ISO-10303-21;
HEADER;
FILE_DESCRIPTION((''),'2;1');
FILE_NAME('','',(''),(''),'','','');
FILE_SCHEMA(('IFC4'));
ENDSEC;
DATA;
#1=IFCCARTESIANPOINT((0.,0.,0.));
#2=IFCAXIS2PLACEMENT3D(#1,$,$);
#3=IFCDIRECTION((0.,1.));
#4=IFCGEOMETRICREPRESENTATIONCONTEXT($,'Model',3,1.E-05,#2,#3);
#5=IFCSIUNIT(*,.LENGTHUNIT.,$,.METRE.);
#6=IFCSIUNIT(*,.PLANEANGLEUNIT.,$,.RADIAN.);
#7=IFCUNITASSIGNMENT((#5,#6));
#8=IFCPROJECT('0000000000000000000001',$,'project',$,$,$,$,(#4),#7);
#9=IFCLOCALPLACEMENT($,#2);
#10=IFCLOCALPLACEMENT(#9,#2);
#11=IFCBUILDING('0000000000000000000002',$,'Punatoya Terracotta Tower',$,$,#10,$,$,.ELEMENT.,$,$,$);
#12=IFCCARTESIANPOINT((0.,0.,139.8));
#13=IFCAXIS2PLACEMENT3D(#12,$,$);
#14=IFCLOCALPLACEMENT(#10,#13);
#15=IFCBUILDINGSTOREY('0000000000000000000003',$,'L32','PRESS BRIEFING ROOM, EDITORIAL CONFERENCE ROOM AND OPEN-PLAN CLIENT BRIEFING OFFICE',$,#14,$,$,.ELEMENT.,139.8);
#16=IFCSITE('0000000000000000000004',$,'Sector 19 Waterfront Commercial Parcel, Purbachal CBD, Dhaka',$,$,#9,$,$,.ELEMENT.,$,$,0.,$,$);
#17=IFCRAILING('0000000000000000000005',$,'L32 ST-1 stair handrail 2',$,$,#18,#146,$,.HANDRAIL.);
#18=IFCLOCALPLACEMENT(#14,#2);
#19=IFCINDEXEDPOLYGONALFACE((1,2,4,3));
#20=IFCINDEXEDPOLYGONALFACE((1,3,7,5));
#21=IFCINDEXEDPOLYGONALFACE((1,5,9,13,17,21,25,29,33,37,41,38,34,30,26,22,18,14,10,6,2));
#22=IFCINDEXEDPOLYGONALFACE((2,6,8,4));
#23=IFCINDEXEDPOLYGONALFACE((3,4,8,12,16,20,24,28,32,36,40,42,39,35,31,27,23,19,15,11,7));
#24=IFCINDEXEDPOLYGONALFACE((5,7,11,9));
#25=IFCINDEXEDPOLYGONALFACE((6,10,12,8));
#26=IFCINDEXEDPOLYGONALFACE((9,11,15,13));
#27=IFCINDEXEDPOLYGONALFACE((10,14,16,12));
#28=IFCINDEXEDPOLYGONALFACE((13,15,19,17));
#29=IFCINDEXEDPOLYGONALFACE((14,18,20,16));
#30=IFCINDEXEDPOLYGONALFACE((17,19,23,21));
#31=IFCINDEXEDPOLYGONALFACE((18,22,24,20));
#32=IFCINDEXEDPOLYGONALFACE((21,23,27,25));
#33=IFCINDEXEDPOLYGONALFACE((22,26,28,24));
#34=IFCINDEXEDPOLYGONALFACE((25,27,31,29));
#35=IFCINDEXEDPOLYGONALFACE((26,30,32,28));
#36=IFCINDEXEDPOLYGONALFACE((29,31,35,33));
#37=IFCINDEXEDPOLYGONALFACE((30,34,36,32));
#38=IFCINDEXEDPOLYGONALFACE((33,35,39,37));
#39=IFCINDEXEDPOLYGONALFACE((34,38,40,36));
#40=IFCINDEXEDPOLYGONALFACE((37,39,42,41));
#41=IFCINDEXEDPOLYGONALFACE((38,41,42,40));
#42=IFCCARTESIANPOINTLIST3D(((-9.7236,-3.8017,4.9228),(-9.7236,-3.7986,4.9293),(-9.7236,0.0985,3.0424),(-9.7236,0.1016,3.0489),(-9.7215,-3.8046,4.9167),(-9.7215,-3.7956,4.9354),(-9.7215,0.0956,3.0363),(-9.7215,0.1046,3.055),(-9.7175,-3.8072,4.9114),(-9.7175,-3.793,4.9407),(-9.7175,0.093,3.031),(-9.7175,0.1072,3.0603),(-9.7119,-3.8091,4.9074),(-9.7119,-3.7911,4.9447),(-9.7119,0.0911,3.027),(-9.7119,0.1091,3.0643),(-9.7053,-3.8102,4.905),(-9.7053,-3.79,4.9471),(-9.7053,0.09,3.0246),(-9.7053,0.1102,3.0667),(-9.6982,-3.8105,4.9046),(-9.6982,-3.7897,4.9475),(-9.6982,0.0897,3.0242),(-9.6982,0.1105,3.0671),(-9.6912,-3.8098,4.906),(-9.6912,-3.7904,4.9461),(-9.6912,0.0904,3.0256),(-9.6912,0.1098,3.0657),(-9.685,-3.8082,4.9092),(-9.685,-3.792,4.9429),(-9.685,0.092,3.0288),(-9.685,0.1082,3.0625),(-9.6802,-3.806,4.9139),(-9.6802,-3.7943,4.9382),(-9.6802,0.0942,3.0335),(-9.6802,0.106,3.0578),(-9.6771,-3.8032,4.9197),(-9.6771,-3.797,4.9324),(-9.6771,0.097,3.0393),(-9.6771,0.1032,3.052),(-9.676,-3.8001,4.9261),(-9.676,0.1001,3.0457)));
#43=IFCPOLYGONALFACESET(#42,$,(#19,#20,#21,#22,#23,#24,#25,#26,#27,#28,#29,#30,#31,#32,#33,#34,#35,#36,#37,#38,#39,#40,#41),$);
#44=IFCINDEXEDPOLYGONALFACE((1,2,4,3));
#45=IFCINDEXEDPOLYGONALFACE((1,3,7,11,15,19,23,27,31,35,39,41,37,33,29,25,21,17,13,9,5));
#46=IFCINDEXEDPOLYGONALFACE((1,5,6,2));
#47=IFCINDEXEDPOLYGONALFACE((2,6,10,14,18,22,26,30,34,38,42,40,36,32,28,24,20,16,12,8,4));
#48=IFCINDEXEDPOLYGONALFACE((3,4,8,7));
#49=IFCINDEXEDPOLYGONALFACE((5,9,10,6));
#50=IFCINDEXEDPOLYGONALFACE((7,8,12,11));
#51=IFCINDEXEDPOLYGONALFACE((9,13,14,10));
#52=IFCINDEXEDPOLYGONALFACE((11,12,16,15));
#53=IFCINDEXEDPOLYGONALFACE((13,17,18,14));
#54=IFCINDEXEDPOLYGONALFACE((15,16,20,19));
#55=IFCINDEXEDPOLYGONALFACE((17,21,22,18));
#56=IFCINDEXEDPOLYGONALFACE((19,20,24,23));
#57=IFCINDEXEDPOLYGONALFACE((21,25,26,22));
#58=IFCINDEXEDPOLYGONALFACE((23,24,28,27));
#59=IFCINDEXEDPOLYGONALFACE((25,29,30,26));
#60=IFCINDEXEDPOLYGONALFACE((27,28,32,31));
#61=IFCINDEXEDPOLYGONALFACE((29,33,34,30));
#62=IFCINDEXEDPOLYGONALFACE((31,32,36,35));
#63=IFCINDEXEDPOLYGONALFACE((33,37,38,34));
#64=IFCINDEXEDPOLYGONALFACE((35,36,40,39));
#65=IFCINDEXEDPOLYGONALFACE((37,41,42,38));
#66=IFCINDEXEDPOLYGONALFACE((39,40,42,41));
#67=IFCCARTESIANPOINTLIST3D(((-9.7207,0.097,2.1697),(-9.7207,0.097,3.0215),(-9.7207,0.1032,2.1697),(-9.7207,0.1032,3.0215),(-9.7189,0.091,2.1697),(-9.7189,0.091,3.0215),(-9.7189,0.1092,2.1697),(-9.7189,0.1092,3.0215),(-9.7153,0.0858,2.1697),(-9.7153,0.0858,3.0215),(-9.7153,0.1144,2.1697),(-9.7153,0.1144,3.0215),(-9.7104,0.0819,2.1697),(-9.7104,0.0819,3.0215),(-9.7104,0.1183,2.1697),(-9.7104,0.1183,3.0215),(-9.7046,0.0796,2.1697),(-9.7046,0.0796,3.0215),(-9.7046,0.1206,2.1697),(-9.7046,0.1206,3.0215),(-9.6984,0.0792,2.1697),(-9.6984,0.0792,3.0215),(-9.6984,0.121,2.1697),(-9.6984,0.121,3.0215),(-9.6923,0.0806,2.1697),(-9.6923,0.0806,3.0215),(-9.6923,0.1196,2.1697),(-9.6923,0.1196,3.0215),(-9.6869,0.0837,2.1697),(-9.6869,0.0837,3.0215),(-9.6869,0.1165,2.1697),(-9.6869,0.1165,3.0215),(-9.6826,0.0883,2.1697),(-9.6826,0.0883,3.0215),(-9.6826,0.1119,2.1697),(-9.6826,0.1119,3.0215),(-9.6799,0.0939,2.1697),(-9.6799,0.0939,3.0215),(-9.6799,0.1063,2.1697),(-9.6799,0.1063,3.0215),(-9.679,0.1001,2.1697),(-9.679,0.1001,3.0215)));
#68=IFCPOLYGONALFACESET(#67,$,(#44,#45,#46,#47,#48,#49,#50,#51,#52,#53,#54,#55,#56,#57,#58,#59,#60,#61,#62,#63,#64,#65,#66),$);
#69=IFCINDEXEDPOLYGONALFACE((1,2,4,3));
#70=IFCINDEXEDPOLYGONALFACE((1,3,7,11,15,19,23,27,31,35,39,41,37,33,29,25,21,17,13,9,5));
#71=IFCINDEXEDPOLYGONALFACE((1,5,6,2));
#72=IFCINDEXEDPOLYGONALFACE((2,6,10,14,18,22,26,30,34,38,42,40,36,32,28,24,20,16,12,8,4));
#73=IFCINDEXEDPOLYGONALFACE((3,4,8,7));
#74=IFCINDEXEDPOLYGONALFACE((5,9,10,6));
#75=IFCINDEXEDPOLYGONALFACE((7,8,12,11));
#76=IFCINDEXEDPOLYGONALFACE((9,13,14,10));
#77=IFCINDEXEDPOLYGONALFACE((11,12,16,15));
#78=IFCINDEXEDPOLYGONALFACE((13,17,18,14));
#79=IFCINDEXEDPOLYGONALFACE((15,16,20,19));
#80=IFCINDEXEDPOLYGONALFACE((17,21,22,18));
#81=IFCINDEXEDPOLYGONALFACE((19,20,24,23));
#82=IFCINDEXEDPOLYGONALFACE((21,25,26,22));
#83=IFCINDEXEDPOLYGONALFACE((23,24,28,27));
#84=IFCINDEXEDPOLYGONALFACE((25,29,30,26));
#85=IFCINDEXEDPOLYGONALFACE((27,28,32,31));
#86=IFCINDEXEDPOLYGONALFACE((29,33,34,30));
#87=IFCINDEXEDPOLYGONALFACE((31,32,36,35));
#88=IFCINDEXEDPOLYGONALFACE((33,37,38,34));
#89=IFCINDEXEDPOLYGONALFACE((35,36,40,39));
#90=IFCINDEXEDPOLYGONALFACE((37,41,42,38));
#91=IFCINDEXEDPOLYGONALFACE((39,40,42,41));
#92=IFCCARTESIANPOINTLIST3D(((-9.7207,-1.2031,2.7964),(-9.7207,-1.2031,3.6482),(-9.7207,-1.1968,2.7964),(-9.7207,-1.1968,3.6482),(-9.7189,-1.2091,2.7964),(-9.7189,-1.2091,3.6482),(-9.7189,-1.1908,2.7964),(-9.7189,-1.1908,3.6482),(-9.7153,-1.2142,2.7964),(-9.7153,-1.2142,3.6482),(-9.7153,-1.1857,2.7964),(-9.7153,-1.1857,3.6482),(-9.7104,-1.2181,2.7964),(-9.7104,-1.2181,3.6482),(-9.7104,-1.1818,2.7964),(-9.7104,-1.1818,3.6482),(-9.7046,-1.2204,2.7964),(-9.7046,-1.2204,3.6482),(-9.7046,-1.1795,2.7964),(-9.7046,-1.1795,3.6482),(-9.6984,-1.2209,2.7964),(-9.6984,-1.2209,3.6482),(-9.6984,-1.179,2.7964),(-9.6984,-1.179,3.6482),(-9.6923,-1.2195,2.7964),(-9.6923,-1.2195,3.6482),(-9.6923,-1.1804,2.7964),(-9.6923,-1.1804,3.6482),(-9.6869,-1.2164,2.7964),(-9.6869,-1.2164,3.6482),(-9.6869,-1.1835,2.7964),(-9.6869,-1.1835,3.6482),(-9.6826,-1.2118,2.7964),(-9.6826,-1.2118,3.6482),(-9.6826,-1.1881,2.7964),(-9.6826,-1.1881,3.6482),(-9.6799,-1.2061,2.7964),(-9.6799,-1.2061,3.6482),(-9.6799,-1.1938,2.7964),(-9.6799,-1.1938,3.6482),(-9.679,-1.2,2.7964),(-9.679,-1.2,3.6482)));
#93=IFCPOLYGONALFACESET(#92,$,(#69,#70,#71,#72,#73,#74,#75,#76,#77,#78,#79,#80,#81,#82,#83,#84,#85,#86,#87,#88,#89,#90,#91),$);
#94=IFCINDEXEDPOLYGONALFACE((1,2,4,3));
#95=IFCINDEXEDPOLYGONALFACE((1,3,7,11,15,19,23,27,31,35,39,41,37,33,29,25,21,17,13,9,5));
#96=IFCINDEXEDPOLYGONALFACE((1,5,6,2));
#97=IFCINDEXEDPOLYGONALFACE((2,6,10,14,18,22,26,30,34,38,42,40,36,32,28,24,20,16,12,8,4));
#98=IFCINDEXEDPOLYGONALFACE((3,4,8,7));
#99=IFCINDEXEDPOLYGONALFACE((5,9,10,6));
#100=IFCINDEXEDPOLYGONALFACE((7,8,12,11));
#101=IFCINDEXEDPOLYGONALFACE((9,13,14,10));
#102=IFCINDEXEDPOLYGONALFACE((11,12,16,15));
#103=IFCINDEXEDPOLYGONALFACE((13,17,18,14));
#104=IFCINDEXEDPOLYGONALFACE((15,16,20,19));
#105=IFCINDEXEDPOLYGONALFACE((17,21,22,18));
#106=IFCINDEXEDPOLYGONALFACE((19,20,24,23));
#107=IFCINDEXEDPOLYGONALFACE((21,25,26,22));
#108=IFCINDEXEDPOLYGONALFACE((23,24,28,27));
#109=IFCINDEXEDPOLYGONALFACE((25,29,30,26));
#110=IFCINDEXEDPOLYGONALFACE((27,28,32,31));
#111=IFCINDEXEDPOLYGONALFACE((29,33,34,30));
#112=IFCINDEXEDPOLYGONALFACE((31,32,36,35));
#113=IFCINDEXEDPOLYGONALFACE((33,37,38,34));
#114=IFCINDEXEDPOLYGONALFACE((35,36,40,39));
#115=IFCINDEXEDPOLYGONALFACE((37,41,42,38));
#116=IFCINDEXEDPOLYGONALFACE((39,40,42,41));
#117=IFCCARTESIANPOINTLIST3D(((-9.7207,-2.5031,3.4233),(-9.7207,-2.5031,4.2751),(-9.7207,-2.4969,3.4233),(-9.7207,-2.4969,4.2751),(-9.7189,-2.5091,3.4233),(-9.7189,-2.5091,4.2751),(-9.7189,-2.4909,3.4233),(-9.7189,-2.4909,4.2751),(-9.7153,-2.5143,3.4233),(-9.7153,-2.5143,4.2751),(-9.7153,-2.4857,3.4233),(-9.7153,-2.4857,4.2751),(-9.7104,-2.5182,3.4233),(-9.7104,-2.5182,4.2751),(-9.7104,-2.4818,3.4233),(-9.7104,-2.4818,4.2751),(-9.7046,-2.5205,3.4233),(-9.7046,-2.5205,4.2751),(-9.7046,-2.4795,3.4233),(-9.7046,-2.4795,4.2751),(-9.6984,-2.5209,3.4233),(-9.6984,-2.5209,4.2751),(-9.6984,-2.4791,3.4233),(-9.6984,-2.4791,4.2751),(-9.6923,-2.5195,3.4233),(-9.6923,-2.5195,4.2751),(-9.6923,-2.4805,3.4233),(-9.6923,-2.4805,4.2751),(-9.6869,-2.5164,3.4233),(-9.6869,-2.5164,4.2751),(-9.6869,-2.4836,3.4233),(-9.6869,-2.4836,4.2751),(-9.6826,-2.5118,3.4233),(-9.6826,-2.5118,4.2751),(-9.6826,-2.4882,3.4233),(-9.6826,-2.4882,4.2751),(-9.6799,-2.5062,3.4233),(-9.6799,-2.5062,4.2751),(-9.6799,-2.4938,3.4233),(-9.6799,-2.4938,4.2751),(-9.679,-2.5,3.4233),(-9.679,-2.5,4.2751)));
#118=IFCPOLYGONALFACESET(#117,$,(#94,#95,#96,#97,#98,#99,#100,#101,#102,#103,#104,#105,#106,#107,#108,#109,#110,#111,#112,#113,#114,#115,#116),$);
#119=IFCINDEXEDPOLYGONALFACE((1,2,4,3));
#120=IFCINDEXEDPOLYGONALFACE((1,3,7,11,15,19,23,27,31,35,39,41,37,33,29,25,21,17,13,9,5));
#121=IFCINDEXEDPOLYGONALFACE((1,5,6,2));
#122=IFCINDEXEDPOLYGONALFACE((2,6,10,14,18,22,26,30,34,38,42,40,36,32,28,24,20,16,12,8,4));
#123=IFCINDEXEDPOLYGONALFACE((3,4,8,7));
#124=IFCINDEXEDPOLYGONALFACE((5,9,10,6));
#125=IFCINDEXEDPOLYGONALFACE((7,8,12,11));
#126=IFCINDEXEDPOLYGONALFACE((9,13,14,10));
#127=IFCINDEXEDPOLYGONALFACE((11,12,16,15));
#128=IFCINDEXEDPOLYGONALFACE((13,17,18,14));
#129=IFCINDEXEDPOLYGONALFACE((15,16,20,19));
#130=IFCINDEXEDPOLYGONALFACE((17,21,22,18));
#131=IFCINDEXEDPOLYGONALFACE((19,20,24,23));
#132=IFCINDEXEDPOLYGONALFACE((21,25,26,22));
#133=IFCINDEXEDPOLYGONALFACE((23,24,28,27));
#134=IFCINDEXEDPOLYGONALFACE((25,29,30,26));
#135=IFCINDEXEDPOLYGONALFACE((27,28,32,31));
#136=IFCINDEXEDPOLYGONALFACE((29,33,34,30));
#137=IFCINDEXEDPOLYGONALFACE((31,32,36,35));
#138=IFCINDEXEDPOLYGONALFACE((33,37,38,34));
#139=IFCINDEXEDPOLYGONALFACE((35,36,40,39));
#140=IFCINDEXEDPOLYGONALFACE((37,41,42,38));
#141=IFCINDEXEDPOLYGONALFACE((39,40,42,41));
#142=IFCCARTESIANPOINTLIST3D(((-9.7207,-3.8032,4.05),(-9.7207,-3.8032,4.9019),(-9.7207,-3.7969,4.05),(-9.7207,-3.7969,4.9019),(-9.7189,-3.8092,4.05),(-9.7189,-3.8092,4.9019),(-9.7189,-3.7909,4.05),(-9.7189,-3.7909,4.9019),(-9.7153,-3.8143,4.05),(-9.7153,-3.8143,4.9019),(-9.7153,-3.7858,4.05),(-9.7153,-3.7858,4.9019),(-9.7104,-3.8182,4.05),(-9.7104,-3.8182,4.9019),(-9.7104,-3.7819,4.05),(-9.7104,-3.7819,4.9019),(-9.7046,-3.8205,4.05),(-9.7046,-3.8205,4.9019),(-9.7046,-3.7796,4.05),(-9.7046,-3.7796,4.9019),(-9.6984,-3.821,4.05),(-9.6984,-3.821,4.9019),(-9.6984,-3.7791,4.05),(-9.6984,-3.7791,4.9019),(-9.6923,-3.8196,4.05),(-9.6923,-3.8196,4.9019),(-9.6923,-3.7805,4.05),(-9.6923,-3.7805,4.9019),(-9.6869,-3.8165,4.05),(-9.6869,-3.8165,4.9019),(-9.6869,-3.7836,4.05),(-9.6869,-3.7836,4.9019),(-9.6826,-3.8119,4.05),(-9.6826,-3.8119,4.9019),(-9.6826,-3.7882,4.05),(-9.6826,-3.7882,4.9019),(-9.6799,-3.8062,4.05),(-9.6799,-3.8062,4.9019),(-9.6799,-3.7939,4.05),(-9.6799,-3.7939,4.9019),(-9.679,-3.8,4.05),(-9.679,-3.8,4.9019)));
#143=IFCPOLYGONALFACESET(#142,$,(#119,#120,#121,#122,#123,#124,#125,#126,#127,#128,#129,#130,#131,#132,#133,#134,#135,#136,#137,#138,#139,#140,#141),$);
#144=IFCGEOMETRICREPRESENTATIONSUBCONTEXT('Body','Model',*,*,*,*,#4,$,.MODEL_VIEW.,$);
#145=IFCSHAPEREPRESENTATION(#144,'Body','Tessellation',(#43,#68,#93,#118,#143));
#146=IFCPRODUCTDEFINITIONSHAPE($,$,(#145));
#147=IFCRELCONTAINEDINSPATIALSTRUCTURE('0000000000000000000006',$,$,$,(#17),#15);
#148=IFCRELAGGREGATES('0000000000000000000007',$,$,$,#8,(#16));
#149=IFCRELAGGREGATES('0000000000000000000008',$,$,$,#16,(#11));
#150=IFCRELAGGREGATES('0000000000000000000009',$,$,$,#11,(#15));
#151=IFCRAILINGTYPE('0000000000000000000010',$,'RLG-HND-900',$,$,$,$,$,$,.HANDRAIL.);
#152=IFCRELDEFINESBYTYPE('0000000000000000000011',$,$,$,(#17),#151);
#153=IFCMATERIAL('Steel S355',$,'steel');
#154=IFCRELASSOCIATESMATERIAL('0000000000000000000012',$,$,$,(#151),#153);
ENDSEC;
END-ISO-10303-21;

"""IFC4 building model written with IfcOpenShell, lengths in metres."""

from ifc_helpers import new_model, si_unit, direction, frame, origin, origin_2d, place, context, subcontext, project, spatial, circle, extrude, material, type_object, element, save


model = new_model("IFC4")

# Units and contexts
model_context = context("Model", 3, precision=1e-05, world=origin(), true_north=direction((0.0, 1.0)))
body_context = subcontext(model_context, "Body", "Model", "MODEL_VIEW")
ifc_project = project(units=[si_unit("LENGTHUNIT", "METRE"), si_unit("PLANEANGLEUNIT", "RADIAN")], contexts=[model_context])

# Site, building, storey
site_placement = place(None, origin())
site = spatial("IfcSite", under=ifc_project, at=site_placement, Name="Sector 19 Waterfront Commercial Parcel, Purbachal CBD, Dhaka", CompositionType="ELEMENT", RefElevation=0.0)
building_placement = place(site_placement, origin())
building = spatial("IfcBuilding", under=site, at=building_placement, Name="Punatoya Terracotta Tower", CompositionType="ELEMENT")
storey_placement = place(building_placement, frame((0.0, 0.0, 139.8)))
storey = spatial("IfcBuildingStorey", under=building, at=storey_placement, Name="L32", Description="PRESS BRIEFING ROOM, EDITORIAL CONFERENCE ROOM AND OPEN-PLAN CLIENT BRIEFING OFFICE", CompositionType="ELEMENT", Elevation=139.8)

# Shared definitions
ifc_material_1 = material(Name="Steel S355", Category="steel")

# Railing
railing_type_1 = type_object("IfcRailingType", Name="RLG-HND-900", PredefinedType="HANDRAIL", material=ifc_material_1)
railing_1_placement = place(storey_placement, frame((-9.7, 0.1001, 2.1697)))
element("IfcRailing", 1, at=railing_1_placement, inside=storey, type_object=railing_type_1, Name="L32 ST-1 stair handrail 2", PredefinedType="HANDRAIL", context=body_context, shape_type="SweptSolid", body=[
    extrude(circle(Radius=0.0239, at=origin_2d()), frame((0.0, 0.0, 0.876), z_axis=(0.0, -0.900774, 0.434289), x_axis=(1.0, 0.0, 0.0)), (0.0, 0.0, 1.0), 4.3298),
    extrude(circle(Radius=0.021, at=origin_2d()), origin(), (0.0, 0.0, 1.0), 0.8518),
    extrude(circle(Radius=0.021, at=origin_2d()), frame((0.0, -1.3, 0.6267)), (0.0, 0.0, 1.0), 0.8518),
    extrude(circle(Radius=0.021, at=origin_2d()), frame((0.0, -2.6001, 1.2537)), (0.0, 0.0, 1.0), 0.8518),
    extrude(circle(Radius=0.021, at=origin_2d()), frame((0.0, -3.9001, 1.8804)), (0.0, 0.0, 1.0), 0.8518),
])

save(model, "model.ifc")
